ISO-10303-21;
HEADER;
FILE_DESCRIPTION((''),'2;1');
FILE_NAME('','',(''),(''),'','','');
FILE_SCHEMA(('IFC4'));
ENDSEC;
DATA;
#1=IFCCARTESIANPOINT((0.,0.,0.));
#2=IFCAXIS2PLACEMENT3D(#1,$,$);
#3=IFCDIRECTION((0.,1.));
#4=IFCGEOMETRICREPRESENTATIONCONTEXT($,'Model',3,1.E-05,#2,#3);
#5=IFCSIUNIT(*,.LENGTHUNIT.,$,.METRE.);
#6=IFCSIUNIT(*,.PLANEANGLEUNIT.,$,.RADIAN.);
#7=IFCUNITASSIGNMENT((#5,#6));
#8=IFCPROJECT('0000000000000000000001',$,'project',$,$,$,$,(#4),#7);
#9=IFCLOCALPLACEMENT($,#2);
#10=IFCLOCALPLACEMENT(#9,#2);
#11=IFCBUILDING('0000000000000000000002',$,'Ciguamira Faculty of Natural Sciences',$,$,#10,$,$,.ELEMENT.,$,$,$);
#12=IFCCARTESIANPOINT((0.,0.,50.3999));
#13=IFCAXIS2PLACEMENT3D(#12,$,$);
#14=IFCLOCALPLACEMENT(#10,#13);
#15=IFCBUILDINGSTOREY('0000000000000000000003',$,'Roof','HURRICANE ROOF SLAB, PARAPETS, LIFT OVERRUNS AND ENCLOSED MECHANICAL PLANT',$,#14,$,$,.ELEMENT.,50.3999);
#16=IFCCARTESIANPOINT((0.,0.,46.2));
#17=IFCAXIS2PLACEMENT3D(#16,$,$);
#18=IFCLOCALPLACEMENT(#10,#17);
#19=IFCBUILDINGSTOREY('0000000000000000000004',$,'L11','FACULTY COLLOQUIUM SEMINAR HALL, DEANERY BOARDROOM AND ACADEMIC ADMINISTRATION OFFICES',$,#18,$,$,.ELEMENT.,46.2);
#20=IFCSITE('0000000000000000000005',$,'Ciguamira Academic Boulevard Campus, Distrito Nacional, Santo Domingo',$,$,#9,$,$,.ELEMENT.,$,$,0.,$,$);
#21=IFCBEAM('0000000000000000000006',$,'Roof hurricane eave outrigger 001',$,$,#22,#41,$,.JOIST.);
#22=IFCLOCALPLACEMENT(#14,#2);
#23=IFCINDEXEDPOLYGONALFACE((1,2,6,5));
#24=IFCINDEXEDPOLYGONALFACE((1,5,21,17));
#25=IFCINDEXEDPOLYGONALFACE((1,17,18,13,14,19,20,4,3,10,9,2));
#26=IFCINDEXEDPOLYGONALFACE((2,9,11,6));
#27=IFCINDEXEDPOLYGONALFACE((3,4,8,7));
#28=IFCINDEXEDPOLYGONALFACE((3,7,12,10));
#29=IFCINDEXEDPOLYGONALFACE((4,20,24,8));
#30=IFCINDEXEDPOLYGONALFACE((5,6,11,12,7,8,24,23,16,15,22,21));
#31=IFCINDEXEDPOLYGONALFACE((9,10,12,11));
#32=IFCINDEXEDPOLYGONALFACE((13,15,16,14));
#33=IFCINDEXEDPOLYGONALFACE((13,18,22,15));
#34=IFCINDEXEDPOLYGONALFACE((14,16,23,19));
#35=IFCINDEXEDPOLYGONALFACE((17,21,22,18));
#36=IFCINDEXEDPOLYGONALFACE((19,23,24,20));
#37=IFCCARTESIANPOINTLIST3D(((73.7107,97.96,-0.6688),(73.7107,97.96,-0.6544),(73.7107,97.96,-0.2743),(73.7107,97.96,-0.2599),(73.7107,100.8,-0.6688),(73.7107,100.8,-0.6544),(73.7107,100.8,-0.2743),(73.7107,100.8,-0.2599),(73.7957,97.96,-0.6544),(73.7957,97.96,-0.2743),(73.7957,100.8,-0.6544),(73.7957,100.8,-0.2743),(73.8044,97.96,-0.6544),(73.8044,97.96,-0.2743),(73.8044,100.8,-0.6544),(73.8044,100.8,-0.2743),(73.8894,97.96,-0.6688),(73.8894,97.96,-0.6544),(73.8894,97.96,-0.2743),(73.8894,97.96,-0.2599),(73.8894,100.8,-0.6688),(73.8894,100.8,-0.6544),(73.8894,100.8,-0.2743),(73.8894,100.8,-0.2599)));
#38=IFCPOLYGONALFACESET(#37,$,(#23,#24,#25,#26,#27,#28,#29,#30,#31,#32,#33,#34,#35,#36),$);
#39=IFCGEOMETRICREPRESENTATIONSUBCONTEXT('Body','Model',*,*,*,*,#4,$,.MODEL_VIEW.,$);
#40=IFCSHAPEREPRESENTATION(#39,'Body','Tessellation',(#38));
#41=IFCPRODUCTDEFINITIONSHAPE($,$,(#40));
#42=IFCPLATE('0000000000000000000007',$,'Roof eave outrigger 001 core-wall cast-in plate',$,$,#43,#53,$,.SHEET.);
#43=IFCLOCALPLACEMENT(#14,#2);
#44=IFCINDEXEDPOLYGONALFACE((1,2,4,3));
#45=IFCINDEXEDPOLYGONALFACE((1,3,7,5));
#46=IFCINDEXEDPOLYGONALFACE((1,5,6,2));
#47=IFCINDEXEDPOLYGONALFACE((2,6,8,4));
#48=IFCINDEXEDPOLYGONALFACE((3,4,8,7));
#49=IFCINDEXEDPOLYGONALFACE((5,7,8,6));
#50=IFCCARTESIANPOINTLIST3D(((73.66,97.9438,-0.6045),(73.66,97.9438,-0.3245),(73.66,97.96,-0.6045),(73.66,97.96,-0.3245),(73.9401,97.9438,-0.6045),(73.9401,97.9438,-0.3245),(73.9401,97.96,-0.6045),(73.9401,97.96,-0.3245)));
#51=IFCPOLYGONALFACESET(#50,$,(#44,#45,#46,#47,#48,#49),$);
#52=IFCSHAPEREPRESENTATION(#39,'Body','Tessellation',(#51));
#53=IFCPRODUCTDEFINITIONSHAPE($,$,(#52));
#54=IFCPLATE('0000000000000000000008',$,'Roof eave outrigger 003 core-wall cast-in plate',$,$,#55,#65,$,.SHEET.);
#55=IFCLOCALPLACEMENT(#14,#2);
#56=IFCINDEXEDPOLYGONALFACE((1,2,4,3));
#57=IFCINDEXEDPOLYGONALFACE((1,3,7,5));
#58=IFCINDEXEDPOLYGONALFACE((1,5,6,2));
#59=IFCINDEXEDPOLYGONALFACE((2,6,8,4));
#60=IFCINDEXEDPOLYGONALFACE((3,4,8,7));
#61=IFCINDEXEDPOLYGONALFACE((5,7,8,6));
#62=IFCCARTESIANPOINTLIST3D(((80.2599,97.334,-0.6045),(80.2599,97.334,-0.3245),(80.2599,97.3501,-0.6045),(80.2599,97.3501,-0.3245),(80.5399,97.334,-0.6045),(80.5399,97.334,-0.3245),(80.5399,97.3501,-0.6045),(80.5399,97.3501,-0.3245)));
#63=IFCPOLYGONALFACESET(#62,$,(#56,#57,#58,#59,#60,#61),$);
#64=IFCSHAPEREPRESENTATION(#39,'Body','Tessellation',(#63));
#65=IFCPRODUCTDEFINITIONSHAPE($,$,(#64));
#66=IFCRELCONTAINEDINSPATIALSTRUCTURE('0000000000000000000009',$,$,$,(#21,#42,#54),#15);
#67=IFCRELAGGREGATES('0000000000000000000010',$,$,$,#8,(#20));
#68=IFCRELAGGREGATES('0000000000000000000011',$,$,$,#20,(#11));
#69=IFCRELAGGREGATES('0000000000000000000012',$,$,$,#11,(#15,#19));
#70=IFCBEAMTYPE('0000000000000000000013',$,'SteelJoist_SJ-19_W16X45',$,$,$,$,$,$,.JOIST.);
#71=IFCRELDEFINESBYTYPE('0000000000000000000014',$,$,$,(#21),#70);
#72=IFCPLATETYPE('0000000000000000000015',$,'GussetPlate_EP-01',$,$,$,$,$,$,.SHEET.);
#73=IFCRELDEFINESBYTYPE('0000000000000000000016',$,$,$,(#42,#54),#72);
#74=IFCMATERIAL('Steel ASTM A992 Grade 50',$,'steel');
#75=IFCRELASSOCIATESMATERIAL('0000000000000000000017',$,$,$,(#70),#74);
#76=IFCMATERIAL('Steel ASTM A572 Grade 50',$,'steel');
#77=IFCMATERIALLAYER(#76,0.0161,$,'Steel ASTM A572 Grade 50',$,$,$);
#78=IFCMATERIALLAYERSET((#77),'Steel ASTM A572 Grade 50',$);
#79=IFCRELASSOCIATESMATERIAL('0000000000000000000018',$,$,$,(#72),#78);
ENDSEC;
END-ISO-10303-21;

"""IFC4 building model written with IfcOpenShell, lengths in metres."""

from ifc_helpers import new_model, si_unit, direction, frame, origin, origin_2d, place, context, subcontext, project, spatial, rectangle, i_section, extrude, material, layer, layer_set, material_profile, profile_set, type_object, element, save


model = new_model("IFC4")

# Units and contexts
model_context = context("Model", 3, precision=1e-05, world=origin(), true_north=direction((0.0, 1.0)))
body_context = subcontext(model_context, "Body", "Model", "MODEL_VIEW")
ifc_project = project(units=[si_unit("LENGTHUNIT", "METRE"), si_unit("PLANEANGLEUNIT", "RADIAN")], contexts=[model_context])

# Site, building, storey
site_placement = place(None, origin())
site = spatial("IfcSite", under=ifc_project, at=site_placement, Name="Ciguamira Academic Boulevard Campus, Distrito Nacional, Santo Domingo", CompositionType="ELEMENT", RefElevation=0.0)
building_placement = place(site_placement, origin())
building = spatial("IfcBuilding", under=site, at=building_placement, Name="Ciguamira Faculty of Natural Sciences", CompositionType="ELEMENT")
storey_1_placement = place(building_placement, frame((0.0, 0.0, 50.3999)))
storey_1 = spatial("IfcBuildingStorey", under=building, at=storey_1_placement, Name="Roof", Description="HURRICANE ROOF SLAB, PARAPETS, LIFT OVERRUNS AND ENCLOSED MECHANICAL PLANT", CompositionType="ELEMENT", Elevation=50.3999)

# Beam
ifc_material_1 = material(Name="Steel ASTM A992 Grade 50", Category="steel")
ifc_material_profile_1 = material_profile(ifc_material_1, i_section(OverallWidth=0.1787, OverallDepth=0.4089, WebThickness=0.0088, FlangeThickness=0.0144, at=origin_2d()), Name="W16X45")
ifc_profile_set_1 = profile_set([ifc_material_profile_1], Name="Steel ASTM A992 Grade 50")
beam_type_1 = type_object("IfcBeamType", Name="SteelJoist_SJ-19_W16X45", PredefinedType="JOIST", material=ifc_profile_set_1)
beam_1_placement = place(storey_1_placement, frame((73.8, 97.96, -0.4644), z_axis=(0.0, 1.0, 0.0), x_axis=(-1.0, 0.0, 0.0)))
element("IfcBeam", 1, at=beam_1_placement, inside=storey_1, type_object=beam_type_1, Name="Roof hurricane eave outrigger 001", PredefinedType="JOIST", context=body_context, shape_type="SweptSolid", body=[
    extrude(i_section(OverallWidth=0.1787, OverallDepth=0.4089, WebThickness=0.0088, FlangeThickness=0.0144, at=origin_2d()), origin(), (0.0, 0.0, 1.0), 2.8401),
])

# Plates
ifc_material_2 = material(Name="Steel ASTM A572 Grade 50", Category="steel")
ifc_layer_1 = layer(ifc_material_2, 0.0161, Name="Steel ASTM A572 Grade 50")
ifc_layer_set_1 = layer_set([ifc_layer_1], Name="Steel ASTM A572 Grade 50")
plate_type = type_object("IfcPlateType", Name="GussetPlate_EP-01", PredefinedType="SHEET", material=ifc_layer_set_1)
for number, where, z_axis, x_axis, name in (
    (2, (73.8, 97.9519, -0.6045), (0.0, 0.0, 1.0), (1.0, 0.0, 0.0), "Roof eave outrigger 001 core-wall cast-in plate"),
    (3, (80.3999, 97.342, -0.6045), (0.0, 0.0, 1.0), (1.0, 0.0, 0.0), "Roof eave outrigger 003 core-wall cast-in plate"),
):
    element("IfcPlate", number, at=place(storey_1_placement, frame(where, z_axis=z_axis, x_axis=x_axis)), inside=storey_1, type_object=plate_type, Name=name, PredefinedType="SHEET", context=body_context, shape_type="SweptSolid", body=[
        extrude(rectangle(XDim=0.28, YDim=0.0161, at=origin_2d()), origin(), (0.0, 0.0, 1.0), 0.28),
    ])

# Shared definitions
storey_2_placement = place(building_placement, frame((0.0, 0.0, 46.2)))
storey_2 = spatial("IfcBuildingStorey", under=building, at=storey_2_placement, Name="L11", Description="FACULTY COLLOQUIUM SEMINAR HALL, DEANERY BOARDROOM AND ACADEMIC ADMINISTRATION OFFICES", CompositionType="ELEMENT", Elevation=46.2)

save(model, "model.ifc")
